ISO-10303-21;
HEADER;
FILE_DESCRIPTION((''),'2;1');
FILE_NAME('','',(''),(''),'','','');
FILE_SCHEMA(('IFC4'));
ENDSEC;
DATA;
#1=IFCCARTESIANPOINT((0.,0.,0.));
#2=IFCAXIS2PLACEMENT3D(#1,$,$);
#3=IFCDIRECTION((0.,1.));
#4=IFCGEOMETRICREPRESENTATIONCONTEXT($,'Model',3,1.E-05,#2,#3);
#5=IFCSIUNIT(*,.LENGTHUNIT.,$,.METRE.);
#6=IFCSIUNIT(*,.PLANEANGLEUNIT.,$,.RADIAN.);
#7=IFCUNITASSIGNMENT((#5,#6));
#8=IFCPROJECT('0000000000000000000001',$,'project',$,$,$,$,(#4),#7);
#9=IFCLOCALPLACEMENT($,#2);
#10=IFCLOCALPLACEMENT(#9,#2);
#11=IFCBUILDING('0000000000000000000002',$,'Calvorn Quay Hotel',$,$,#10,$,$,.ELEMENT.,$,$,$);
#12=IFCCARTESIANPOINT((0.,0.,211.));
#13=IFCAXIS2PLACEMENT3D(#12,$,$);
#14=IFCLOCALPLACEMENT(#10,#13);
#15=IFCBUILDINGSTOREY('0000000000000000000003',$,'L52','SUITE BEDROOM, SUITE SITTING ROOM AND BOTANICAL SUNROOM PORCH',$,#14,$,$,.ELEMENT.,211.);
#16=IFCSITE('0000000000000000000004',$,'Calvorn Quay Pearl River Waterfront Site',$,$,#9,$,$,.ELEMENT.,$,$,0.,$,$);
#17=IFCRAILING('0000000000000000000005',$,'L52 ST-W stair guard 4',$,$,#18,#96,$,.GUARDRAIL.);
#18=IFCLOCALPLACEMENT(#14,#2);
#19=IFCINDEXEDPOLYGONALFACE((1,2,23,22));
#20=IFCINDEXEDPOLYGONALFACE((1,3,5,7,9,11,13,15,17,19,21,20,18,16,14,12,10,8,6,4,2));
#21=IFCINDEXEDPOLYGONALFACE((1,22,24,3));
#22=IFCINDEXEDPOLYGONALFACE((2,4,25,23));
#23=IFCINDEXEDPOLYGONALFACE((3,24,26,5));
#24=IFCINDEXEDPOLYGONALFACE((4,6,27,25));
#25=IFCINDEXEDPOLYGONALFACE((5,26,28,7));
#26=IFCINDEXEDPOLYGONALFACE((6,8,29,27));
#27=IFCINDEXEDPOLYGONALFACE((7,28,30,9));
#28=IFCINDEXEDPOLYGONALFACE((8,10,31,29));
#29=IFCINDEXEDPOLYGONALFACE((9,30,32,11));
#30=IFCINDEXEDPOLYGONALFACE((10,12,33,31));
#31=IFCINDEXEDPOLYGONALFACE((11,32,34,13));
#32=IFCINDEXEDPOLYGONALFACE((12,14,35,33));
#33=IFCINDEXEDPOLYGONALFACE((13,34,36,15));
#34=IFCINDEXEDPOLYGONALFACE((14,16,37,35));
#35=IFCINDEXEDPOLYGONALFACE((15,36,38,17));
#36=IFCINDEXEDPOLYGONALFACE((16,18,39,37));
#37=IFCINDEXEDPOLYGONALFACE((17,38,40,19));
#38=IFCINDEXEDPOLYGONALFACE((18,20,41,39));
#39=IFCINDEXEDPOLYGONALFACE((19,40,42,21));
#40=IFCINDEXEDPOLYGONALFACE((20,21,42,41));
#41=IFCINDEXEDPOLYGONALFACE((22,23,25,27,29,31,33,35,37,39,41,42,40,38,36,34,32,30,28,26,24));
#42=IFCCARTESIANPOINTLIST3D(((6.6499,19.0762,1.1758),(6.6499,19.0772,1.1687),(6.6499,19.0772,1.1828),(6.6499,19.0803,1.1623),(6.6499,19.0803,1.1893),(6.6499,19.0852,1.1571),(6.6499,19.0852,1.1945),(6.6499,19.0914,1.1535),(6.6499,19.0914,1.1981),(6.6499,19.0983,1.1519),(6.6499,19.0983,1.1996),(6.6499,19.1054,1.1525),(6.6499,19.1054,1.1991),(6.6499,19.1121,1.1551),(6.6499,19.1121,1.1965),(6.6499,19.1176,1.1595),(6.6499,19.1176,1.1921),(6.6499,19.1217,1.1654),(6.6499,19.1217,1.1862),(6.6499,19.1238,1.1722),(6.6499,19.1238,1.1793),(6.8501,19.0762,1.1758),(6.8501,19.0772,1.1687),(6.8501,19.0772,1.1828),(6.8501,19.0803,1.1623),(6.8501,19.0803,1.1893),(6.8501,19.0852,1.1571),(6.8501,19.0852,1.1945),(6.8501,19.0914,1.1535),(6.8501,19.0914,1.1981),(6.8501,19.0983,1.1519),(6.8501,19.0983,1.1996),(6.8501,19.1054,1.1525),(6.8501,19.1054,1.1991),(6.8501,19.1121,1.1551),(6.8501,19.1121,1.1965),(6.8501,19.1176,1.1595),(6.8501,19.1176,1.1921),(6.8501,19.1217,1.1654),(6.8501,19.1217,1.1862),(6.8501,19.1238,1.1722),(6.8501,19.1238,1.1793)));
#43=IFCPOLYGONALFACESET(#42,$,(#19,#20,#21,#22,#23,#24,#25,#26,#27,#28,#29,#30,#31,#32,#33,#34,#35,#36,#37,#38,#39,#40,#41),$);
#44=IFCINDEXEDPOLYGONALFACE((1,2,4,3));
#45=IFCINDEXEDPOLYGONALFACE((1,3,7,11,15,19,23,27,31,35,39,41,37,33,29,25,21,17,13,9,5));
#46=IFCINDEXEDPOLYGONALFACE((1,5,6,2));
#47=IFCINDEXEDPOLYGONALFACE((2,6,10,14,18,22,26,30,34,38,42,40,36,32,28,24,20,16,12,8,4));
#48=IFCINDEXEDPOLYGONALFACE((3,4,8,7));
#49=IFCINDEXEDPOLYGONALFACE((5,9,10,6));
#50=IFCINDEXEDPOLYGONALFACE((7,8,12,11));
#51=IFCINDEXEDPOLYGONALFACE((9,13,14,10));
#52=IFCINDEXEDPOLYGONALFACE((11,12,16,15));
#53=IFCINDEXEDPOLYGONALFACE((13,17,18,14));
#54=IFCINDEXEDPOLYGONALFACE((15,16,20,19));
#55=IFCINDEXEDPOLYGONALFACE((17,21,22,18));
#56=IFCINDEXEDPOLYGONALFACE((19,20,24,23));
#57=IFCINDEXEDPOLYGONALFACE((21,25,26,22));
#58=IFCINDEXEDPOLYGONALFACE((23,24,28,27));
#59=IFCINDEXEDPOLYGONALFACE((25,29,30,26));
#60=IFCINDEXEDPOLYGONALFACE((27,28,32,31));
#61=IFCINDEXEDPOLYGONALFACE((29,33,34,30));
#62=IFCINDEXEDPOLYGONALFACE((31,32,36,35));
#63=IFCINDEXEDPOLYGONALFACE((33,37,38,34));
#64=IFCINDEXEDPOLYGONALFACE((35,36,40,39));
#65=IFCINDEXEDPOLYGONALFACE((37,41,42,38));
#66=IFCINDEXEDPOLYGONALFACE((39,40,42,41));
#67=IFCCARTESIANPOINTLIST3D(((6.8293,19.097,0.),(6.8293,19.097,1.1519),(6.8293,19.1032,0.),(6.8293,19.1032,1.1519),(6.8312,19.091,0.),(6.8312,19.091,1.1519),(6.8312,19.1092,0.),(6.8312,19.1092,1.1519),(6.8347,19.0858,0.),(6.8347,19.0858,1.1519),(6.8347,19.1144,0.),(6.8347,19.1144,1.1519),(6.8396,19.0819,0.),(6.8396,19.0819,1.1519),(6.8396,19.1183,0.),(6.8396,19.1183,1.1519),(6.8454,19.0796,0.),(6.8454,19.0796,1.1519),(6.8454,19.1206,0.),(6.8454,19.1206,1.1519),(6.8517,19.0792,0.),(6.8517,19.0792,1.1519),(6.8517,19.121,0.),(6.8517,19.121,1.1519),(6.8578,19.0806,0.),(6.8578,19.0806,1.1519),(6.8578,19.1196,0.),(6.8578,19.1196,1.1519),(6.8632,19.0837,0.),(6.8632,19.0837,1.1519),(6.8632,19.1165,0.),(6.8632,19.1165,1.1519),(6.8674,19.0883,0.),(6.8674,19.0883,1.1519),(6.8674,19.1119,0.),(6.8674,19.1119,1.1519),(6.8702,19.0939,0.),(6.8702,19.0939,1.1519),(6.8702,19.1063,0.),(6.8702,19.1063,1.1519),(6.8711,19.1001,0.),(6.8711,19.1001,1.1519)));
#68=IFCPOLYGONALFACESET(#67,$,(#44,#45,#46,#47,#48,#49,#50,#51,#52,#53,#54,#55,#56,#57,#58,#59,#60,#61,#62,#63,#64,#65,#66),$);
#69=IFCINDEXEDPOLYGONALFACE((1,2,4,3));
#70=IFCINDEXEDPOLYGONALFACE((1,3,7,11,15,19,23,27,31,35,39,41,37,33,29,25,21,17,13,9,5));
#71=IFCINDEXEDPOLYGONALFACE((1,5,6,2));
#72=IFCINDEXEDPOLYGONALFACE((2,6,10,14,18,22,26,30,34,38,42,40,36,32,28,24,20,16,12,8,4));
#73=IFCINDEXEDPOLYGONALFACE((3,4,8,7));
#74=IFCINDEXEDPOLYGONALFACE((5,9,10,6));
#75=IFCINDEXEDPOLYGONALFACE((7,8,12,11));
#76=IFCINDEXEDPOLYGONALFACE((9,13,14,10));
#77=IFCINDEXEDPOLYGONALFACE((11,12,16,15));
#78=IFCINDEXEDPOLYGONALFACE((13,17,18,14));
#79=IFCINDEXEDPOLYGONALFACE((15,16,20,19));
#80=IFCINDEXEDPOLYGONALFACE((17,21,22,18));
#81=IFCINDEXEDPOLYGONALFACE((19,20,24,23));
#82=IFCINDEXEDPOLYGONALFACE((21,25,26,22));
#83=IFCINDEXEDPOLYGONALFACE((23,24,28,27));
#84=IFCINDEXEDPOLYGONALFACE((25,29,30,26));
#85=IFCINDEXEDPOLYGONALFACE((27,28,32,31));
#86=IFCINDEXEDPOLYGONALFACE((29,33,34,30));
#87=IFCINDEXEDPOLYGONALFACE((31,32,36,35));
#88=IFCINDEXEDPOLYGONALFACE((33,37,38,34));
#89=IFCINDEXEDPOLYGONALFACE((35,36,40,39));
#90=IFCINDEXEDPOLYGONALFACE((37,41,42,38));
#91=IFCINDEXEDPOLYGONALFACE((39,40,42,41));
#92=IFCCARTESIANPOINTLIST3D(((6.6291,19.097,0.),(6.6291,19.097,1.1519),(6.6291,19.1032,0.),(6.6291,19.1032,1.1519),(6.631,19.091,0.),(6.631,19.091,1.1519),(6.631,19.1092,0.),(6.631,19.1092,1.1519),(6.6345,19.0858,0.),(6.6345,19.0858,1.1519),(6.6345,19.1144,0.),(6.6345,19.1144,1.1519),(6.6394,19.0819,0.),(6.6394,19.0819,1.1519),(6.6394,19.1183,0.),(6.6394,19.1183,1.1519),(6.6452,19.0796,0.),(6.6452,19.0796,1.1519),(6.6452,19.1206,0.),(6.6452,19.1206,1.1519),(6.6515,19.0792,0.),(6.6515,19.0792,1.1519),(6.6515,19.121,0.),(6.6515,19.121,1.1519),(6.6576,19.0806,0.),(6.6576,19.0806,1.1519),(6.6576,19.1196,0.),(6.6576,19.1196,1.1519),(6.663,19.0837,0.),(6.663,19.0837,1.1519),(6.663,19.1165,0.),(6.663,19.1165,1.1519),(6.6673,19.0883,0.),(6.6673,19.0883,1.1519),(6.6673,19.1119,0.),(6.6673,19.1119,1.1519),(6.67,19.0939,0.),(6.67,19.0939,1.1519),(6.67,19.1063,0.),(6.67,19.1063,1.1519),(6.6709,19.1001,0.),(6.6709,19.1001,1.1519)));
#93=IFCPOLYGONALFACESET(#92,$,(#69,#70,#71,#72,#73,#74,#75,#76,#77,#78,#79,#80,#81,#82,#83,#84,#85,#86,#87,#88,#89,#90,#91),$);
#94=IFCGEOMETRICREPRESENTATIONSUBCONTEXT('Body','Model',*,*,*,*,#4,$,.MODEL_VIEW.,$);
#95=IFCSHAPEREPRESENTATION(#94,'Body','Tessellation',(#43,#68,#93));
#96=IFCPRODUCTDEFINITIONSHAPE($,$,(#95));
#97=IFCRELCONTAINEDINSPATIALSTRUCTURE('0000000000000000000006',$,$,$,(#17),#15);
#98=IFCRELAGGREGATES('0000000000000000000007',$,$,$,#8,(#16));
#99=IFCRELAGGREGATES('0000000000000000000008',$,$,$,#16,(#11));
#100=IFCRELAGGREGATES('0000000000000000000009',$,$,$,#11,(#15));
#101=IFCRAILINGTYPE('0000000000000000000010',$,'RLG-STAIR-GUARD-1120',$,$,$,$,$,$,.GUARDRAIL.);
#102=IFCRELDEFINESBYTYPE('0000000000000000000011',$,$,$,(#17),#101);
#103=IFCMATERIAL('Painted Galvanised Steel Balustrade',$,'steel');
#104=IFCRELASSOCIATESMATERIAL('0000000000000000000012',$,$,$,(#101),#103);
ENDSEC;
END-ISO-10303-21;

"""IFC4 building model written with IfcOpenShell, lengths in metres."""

from ifc_helpers import new_model, si_unit, direction, frame, origin, origin_2d, place, context, subcontext, project, spatial, circle, extrude, material, type_object, element, save


model = new_model("IFC4")

# Units and contexts
model_context = context("Model", 3, precision=1e-05, world=origin(), true_north=direction((0.0, 1.0)))
body_context = subcontext(model_context, "Body", "Model", "MODEL_VIEW")
ifc_project = project(units=[si_unit("LENGTHUNIT", "METRE"), si_unit("PLANEANGLEUNIT", "RADIAN")], contexts=[model_context])

# Site, building, storey
site_placement = place(None, origin())
site = spatial("IfcSite", under=ifc_project, at=site_placement, Name="Calvorn Quay Pearl River Waterfront Site", CompositionType="ELEMENT", RefElevation=0.0)
building_placement = place(site_placement, origin())
building = spatial("IfcBuilding", under=site, at=building_placement, Name="Calvorn Quay Hotel", CompositionType="ELEMENT")
storey_placement = place(building_placement, frame((0.0, 0.0, 211.0)))
storey = spatial("IfcBuildingStorey", under=building, at=storey_placement, Name="L52", Description="SUITE BEDROOM, SUITE SITTING ROOM AND BOTANICAL SUNROOM PORCH", CompositionType="ELEMENT", Elevation=211.0)

# Railing
ifc_material_1 = material(Name="Painted Galvanised Steel Balustrade", Category="steel")
railing_type_1 = type_object("IfcRailingType", Name="RLG-STAIR-GUARD-1120", PredefinedType="GUARDRAIL", material=ifc_material_1)
railing_1_placement = place(storey_placement, frame((6.8501, 19.1001, 0.0)))
element("IfcRailing", 1, at=railing_1_placement, inside=storey, type_object=railing_type_1, Name="L52 ST-W stair guard 4", PredefinedType="GUARDRAIL", context=body_context, shape_type="SweptSolid", body=[
    extrude(circle(Radius=0.0239, at=origin_2d()), frame((0.0, 0.0, 1.1758), z_axis=(-1.0, 0.0, 0.0), x_axis=(0.0, -1.0, 0.0)), (0.0, 0.0, 1.0), 0.2002),
    extrude(circle(Radius=0.021, at=origin_2d()), origin(), (0.0, 0.0, 1.0), 1.1519),
    extrude(circle(Radius=0.021, at=origin_2d()), frame((-0.2002, 0.0, 0.0)), (0.0, 0.0, 1.0), 1.1519),
])

save(model, "model.ifc")
